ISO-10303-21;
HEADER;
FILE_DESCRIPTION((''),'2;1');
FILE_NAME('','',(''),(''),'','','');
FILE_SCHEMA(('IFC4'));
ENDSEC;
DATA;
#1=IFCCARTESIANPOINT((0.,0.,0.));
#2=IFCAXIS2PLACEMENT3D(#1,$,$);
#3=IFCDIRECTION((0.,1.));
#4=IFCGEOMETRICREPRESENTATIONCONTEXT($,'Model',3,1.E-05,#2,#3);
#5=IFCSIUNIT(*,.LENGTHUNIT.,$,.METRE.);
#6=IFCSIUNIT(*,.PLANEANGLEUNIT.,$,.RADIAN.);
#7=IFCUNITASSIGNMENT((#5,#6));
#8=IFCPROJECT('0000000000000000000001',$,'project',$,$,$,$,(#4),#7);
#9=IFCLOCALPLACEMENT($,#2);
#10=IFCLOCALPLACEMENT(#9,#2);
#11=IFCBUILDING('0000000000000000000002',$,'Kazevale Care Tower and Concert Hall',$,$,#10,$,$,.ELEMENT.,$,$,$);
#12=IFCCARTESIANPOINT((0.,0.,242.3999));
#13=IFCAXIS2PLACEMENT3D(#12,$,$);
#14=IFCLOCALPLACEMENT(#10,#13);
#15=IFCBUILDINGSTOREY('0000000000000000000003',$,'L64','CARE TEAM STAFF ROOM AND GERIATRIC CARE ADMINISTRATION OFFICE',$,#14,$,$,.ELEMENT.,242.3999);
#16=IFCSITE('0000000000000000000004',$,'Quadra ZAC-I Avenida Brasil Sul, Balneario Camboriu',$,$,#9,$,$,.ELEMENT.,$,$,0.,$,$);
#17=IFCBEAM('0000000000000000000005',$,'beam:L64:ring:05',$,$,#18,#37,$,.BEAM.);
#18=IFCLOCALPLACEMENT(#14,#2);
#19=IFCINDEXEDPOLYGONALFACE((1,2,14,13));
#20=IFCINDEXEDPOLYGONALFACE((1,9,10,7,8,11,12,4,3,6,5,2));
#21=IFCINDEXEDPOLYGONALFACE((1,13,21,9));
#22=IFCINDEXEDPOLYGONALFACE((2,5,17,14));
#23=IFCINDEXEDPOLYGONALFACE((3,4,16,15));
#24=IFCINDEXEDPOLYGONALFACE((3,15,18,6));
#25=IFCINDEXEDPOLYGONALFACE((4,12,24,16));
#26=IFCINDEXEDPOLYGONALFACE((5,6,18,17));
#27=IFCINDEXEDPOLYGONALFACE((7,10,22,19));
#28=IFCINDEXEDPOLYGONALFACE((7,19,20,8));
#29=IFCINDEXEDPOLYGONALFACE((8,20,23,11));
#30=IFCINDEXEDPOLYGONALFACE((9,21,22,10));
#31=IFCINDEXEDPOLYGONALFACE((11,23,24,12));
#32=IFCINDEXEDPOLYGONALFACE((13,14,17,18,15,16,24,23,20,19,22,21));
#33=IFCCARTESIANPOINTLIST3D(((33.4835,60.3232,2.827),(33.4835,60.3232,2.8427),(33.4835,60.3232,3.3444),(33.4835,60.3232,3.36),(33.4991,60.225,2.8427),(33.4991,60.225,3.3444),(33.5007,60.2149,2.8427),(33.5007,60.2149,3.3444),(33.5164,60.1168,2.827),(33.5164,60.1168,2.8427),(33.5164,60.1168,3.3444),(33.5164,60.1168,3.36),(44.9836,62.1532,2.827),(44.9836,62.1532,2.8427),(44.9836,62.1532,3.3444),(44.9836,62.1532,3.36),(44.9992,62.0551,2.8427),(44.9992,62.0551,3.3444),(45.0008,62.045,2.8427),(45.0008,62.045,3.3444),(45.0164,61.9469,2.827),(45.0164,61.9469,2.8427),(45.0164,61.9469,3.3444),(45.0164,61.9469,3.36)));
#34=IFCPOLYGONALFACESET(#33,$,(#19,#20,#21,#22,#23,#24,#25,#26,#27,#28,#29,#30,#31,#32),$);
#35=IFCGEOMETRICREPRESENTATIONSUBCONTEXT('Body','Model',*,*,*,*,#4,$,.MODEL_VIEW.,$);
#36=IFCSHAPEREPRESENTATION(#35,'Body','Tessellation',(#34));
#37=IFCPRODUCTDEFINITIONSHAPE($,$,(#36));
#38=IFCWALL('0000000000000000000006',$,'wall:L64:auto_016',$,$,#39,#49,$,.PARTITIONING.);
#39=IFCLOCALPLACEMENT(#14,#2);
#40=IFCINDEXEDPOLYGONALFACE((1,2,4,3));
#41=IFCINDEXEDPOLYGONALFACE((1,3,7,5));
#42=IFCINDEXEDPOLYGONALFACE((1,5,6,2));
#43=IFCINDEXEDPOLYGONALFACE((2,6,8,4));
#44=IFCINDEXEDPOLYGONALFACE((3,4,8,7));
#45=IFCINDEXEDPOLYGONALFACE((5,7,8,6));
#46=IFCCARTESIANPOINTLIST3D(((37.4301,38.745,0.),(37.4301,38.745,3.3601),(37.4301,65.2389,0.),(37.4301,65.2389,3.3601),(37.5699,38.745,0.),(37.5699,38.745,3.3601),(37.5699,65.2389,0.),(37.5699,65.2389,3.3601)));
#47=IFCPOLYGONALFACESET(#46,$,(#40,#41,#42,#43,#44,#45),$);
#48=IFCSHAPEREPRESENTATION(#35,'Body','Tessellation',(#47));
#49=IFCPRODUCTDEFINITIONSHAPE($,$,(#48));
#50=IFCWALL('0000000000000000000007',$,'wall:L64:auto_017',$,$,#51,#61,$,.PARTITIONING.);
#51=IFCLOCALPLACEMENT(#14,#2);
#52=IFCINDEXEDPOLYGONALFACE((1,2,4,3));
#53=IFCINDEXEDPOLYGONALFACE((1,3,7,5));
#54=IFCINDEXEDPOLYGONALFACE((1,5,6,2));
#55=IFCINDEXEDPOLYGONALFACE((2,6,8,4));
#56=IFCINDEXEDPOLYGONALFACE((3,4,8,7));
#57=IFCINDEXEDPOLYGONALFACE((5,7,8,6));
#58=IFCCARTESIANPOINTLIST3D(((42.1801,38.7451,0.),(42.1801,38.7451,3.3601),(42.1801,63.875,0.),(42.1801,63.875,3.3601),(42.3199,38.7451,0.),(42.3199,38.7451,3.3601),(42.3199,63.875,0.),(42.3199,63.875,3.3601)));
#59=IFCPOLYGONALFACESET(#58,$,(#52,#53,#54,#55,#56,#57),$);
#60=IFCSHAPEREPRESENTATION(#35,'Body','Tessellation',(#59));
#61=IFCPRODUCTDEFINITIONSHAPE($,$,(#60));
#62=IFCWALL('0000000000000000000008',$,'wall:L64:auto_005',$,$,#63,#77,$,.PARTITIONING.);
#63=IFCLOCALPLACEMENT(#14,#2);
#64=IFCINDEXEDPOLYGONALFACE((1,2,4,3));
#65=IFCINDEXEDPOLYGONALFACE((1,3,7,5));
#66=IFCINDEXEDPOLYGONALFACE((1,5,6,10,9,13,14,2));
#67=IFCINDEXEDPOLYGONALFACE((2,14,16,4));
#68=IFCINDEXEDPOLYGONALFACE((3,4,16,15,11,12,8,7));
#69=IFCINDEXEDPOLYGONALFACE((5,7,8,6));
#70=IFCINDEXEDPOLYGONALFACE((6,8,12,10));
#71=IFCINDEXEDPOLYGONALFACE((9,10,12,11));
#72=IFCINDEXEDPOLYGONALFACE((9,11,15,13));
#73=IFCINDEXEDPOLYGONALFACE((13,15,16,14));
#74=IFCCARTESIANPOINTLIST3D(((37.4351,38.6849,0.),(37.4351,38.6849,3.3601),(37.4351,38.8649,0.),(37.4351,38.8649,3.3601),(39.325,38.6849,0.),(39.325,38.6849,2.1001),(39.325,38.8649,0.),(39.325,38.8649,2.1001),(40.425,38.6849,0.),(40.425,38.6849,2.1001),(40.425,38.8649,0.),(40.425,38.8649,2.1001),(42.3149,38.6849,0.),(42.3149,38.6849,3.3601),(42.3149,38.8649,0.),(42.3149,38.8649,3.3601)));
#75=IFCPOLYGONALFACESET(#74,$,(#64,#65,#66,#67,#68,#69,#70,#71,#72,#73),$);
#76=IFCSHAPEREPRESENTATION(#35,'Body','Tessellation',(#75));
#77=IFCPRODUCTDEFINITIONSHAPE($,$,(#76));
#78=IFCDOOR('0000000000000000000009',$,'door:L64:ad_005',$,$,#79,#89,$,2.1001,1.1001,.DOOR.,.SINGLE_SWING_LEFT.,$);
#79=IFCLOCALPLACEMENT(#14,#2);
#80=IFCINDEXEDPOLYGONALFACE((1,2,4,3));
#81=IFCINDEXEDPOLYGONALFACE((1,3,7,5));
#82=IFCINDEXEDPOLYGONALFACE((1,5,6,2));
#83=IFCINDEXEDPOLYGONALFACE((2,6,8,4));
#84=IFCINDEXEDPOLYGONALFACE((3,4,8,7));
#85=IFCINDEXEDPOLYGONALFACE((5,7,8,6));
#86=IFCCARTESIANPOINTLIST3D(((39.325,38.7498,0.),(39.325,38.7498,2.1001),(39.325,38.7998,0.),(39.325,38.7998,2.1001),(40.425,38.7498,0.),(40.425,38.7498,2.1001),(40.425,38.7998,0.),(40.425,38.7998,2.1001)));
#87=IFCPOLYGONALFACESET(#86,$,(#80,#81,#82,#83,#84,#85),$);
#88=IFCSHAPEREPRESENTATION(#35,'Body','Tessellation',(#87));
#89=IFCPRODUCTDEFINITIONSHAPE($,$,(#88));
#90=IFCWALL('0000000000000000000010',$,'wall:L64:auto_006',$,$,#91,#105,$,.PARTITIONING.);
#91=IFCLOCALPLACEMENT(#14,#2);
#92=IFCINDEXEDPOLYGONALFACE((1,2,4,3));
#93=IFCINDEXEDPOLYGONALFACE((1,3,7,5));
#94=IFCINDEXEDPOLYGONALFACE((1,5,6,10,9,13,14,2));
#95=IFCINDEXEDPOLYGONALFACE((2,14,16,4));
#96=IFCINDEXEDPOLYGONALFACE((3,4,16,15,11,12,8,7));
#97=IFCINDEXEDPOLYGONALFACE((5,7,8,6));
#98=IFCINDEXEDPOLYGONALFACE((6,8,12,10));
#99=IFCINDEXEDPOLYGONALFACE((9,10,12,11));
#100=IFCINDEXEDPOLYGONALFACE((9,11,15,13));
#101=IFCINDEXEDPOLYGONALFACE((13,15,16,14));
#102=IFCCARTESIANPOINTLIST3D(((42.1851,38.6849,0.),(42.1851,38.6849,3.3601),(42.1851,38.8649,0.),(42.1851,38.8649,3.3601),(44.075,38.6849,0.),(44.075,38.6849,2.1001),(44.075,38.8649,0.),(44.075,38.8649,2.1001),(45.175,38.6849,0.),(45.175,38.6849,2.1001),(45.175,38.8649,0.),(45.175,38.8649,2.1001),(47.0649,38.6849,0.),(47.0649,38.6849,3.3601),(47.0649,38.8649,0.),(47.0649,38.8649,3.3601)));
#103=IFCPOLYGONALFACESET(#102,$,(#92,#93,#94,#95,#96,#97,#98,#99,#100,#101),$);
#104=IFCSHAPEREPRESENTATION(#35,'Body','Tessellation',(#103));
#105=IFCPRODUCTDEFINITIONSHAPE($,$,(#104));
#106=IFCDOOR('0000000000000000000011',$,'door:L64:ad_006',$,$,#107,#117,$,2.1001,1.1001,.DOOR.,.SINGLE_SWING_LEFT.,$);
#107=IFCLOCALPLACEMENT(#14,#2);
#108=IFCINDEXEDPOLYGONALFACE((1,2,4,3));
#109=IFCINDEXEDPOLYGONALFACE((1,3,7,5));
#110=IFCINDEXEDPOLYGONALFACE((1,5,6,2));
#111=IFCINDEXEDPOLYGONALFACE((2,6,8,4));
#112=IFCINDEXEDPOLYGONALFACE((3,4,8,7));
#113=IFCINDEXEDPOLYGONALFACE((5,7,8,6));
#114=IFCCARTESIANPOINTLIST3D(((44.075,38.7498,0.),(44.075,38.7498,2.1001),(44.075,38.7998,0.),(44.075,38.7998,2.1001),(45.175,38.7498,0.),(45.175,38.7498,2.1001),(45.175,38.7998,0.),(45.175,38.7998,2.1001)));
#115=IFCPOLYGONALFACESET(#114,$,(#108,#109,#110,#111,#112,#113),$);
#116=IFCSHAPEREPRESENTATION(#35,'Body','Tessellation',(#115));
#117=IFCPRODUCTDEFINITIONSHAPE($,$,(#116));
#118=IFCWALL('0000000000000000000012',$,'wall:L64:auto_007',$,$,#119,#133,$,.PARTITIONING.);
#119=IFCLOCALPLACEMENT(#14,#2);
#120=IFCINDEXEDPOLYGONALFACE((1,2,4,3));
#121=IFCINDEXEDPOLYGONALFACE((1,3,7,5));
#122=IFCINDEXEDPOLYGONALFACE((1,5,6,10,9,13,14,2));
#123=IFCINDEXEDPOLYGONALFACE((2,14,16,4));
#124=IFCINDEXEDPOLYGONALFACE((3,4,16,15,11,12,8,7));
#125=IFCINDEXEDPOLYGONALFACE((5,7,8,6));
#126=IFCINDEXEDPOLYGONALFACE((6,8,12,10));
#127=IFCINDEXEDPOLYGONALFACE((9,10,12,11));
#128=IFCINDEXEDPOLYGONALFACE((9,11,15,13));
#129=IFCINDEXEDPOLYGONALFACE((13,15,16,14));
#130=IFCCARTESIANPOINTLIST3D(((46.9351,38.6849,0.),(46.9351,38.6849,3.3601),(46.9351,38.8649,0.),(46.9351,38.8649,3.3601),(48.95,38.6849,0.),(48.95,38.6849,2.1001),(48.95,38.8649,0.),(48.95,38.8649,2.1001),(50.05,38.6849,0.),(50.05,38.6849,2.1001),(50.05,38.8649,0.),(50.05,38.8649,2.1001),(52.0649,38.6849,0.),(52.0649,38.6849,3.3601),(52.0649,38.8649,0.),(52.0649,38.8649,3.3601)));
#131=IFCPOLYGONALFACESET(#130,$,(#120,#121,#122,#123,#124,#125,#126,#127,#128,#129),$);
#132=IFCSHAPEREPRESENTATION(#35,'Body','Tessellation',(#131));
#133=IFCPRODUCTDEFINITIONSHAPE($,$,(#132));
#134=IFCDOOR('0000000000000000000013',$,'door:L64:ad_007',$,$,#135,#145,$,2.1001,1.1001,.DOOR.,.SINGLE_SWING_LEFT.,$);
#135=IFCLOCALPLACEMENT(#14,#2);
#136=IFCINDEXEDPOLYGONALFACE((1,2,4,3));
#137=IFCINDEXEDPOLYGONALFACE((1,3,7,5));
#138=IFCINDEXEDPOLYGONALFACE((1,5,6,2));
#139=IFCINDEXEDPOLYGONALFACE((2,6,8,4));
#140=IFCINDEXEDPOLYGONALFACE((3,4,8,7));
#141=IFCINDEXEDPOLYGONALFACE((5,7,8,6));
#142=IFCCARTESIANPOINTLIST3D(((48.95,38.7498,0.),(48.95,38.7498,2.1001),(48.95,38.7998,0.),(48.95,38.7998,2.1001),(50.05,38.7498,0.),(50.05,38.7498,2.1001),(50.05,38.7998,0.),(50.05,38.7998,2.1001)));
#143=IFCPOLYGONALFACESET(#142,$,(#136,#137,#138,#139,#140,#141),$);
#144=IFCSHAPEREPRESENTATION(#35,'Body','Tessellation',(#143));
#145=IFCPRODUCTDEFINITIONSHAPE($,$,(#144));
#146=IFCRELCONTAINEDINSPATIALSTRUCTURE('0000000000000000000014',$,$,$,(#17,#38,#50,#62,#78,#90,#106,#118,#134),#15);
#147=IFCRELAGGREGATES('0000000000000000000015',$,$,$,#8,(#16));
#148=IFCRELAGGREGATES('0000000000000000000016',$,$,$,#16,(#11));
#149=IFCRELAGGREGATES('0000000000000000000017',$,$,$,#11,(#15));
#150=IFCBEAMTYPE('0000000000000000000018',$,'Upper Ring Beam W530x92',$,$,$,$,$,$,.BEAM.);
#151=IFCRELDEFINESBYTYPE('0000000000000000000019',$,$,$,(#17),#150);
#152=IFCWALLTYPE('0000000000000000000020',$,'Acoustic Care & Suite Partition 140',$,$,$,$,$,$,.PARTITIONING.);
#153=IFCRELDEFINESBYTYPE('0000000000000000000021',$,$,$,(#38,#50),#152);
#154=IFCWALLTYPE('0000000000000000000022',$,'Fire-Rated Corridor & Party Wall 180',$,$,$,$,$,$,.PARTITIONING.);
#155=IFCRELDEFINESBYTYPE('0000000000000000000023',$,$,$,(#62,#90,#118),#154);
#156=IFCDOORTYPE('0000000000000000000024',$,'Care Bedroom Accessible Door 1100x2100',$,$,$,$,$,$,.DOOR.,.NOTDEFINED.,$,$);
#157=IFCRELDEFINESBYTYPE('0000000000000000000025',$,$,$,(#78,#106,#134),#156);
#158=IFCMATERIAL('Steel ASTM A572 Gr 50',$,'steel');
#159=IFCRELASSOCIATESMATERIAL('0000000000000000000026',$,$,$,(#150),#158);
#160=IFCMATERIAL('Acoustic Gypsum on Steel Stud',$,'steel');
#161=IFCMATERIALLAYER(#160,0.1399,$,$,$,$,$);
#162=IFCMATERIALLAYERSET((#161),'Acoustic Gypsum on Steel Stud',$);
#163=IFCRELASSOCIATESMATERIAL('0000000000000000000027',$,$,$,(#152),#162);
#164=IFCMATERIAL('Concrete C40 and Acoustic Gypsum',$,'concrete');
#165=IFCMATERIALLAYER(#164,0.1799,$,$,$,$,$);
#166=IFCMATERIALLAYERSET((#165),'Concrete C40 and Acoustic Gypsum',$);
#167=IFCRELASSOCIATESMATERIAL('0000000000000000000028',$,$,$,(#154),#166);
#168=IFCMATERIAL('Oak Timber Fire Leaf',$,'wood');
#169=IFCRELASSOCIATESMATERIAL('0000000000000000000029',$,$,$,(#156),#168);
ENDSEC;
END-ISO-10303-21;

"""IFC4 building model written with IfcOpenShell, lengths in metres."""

from ifc_helpers import new_model, si_unit, direction, frame, frame_2d, origin, origin_2d, place, context, subcontext, project, spatial, rectangle, i_section, extrude, material, layer, layer_set, material_profile, profile_set, type_object, element, fill, save


model = new_model("IFC4")

# Units and contexts
model_context = context("Model", 3, precision=1e-05, world=origin(), true_north=direction((0.0, 1.0)))
body_context = subcontext(model_context, "Body", "Model", "MODEL_VIEW")
ifc_project = project(units=[si_unit("LENGTHUNIT", "METRE"), si_unit("PLANEANGLEUNIT", "RADIAN")], contexts=[model_context])

# Site, building, storey
site_placement = place(None, origin())
site = spatial("IfcSite", under=ifc_project, at=site_placement, Name="Quadra ZAC-I Avenida Brasil Sul, Balneario Camboriu", CompositionType="ELEMENT", RefElevation=0.0)
building_placement = place(site_placement, origin())
building = spatial("IfcBuilding", under=site, at=building_placement, Name="Kazevale Care Tower and Concert Hall", CompositionType="ELEMENT")
storey_placement = place(building_placement, frame((0.0, 0.0, 242.3999)))
storey = spatial("IfcBuildingStorey", under=building, at=storey_placement, Name="L64", Description="CARE TEAM STAFF ROOM AND GERIATRIC CARE ADMINISTRATION OFFICE", CompositionType="ELEMENT", Elevation=242.3999)

# Beam
ifc_material_1 = material(Name="Steel ASTM A572 Gr 50", Category="steel")
ifc_material_profile_1 = material_profile(ifc_material_1, i_section(OverallWidth=0.209, OverallDepth=0.533, WebThickness=0.0103, FlangeThickness=0.0156, at=origin_2d()), Name="W530x92")
ifc_profile_set_1 = profile_set([ifc_material_profile_1], Name="Steel ASTM A572 Gr 50")
beam_type_1 = type_object("IfcBeamType", Name="Upper Ring Beam W530x92", PredefinedType="BEAM", material=ifc_profile_set_1)
beam_1_placement = place(storey_placement, frame((45.0, 62.05, 3.0935), z_axis=(-0.987573, -0.15716, 0.0), x_axis=(0.15716, -0.987573, 0.0)))
element("IfcBeam", 1, at=beam_1_placement, inside=storey, type_object=beam_type_1, Name="beam:L64:ring:05", PredefinedType="BEAM", context=body_context, shape_type="SweptSolid", body=[
    extrude(i_section(OverallWidth=0.209, OverallDepth=0.533, WebThickness=0.0103, FlangeThickness=0.0156, at=origin_2d()), origin(), (0.0, 0.0, 1.0), 11.6448),
])

# Walls
ifc_material_2 = material(Name="Acoustic Gypsum on Steel Stud", Category="steel")
ifc_layer_1 = layer(ifc_material_2, 0.1399)
ifc_layer_set_1 = layer_set([ifc_layer_1], Name="Acoustic Gypsum on Steel Stud")
wall_type_1 = type_object("IfcWallType", Name="Acoustic Care & Suite Partition 140", PredefinedType="PARTITIONING", material=ifc_layer_set_1)
wall_1_placement = place(storey_placement, frame((37.5, 65.239, 0.0), z_axis=(0.0, 0.0, 1.0), x_axis=(0.0, -1.0, 0.0)))
element("IfcWall", 2, at=wall_1_placement, inside=storey, type_object=wall_type_1, Name="wall:L64:auto_016", PredefinedType="PARTITIONING", context=body_context, shape_type="SweptSolid", body=[
    extrude(rectangle(XDim=26.4939, YDim=0.1399, at=frame_2d((13.2471, 0.0))), origin(), (0.0, 0.0, 1.0), 3.3601),
])
wall_2_placement = place(storey_placement, frame((42.25, 63.875, 0.0), z_axis=(0.0, 0.0, 1.0), x_axis=(0.0, -1.0, 0.0)))
element("IfcWall", 3, at=wall_2_placement, inside=storey, type_object=wall_type_1, Name="wall:L64:auto_017", PredefinedType="PARTITIONING", context=body_context, shape_type="SweptSolid", body=[
    extrude(rectangle(XDim=25.1299, YDim=0.1399, at=frame_2d((12.5649, 0.0))), origin(), (0.0, 0.0, 1.0), 3.3601),
])

# Walls, openings, doors
ifc_material_3 = material(Name="Concrete C40 and Acoustic Gypsum", Category="concrete")
ifc_layer_2 = layer(ifc_material_3, 0.1799)
ifc_layer_set_2 = layer_set([ifc_layer_2], Name="Concrete C40 and Acoustic Gypsum")
wall_type_2 = type_object("IfcWallType", Name="Fire-Rated Corridor & Party Wall 180", PredefinedType="PARTITIONING", material=ifc_layer_set_2)
wall_3_placement = place(storey_placement, frame((37.4351, 38.7749, 0.0), z_axis=(0.0, 0.0, 1.0), x_axis=(1.0, 0.0, 0.0)))
wall_3 = element("IfcWall", 4, at=wall_3_placement, inside=storey, type_object=wall_type_2, Name="wall:L64:auto_005", PredefinedType="PARTITIONING", context=body_context, shape_type="SweptSolid", body=[
    extrude(rectangle(XDim=4.8799, YDim=0.1799, at=frame_2d((2.4399, 0.0))), origin(), (0.0, 0.0, 1.0), 3.3601),
])
opening_1_placement = place(wall_3_placement, frame((1.8899, 0.0, 0.0)))
opening_1 = element("IfcOpeningElement", 5, at=opening_1_placement, cuts=wall_3, PredefinedType="OPENING", context=body_context, shape_type="SweptSolid", body=[
    extrude(rectangle(XDim=1.1001, YDim=2.1001, at=frame_2d((0.55, 1.05))), frame((0.0, 0.0999, 0.0), z_axis=(0.0, -1.0, 0.0), x_axis=(1.0, 0.0, 0.0)), (0.0, 0.0, 1.0), 0.2),
])
ifc_material_4 = material(Name="Oak Timber Fire Leaf", Category="wood")
door_type = type_object("IfcDoorType", Name="Care Bedroom Accessible Door 1100x2100", OperationType="NOTDEFINED", PredefinedType="DOOR", material=ifc_material_4)
door_1_placement = place(opening_1_placement, origin())
door_1 = element("IfcDoor", 6, at=door_1_placement, inside=storey, type_object=door_type, Name="door:L64:ad_005", OperationType="SINGLE_SWING_LEFT", OverallHeight=2.1001, OverallWidth=1.1001, PredefinedType="DOOR", context=body_context, shape_type="SweptSolid", body=[
    extrude(rectangle(XDim=1.1001, YDim=2.1001, at=frame_2d((0.55, 1.05))), frame((0.0, 0.0249, 0.0), z_axis=(0.0, -1.0, 0.0), x_axis=(1.0, 0.0, 0.0)), (0.0, 0.0, 1.0), 0.05),
])
fill(opening_1, door_1)
wall_4_placement = place(storey_placement, frame((42.1851, 38.7749, 0.0), z_axis=(0.0, 0.0, 1.0), x_axis=(1.0, 0.0, 0.0)))
wall_4 = element("IfcWall", 7, at=wall_4_placement, inside=storey, type_object=wall_type_2, Name="wall:L64:auto_006", PredefinedType="PARTITIONING", context=body_context, shape_type="SweptSolid", body=[
    extrude(rectangle(XDim=4.8799, YDim=0.1799, at=frame_2d((2.4399, 0.0))), origin(), (0.0, 0.0, 1.0), 3.3601),
])
opening_2_placement = place(wall_4_placement, frame((1.8899, 0.0, 0.0)))
opening_2 = element("IfcOpeningElement", 8, at=opening_2_placement, cuts=wall_4, PredefinedType="OPENING", context=body_context, shape_type="SweptSolid", body=[
    extrude(rectangle(XDim=1.1001, YDim=2.1001, at=frame_2d((0.55, 1.05))), frame((0.0, 0.0999, 0.0), z_axis=(0.0, -1.0, 0.0), x_axis=(1.0, 0.0, 0.0)), (0.0, 0.0, 1.0), 0.2),
])
door_2_placement = place(opening_2_placement, origin())
door_2 = element("IfcDoor", 9, at=door_2_placement, inside=storey, type_object=door_type, Name="door:L64:ad_006", OperationType="SINGLE_SWING_LEFT", OverallHeight=2.1001, OverallWidth=1.1001, PredefinedType="DOOR", context=body_context, shape_type="SweptSolid", body=[
    extrude(rectangle(XDim=1.1001, YDim=2.1001, at=frame_2d((0.55, 1.05))), frame((0.0, 0.0249, 0.0), z_axis=(0.0, -1.0, 0.0), x_axis=(1.0, 0.0, 0.0)), (0.0, 0.0, 1.0), 0.05),
])
fill(opening_2, door_2)
wall_5_placement = place(storey_placement, frame((46.9351, 38.7749, 0.0), z_axis=(0.0, 0.0, 1.0), x_axis=(1.0, 0.0, 0.0)))
wall_5 = element("IfcWall", 10, at=wall_5_placement, inside=storey, type_object=wall_type_2, Name="wall:L64:auto_007", PredefinedType="PARTITIONING", context=body_context, shape_type="SweptSolid", body=[
    extrude(rectangle(XDim=5.1299, YDim=0.1799, at=frame_2d((2.5649, 0.0))), origin(), (0.0, 0.0, 1.0), 3.3601),
])
opening_3_placement = place(wall_5_placement, frame((2.0149, 0.0, 0.0)))
opening_3 = element("IfcOpeningElement", 11, at=opening_3_placement, cuts=wall_5, PredefinedType="OPENING", context=body_context, shape_type="SweptSolid", body=[
    extrude(rectangle(XDim=1.1001, YDim=2.1001, at=frame_2d((0.55, 1.05))), frame((0.0, 0.0999, 0.0), z_axis=(0.0, -1.0, 0.0), x_axis=(1.0, 0.0, 0.0)), (0.0, 0.0, 1.0), 0.2),
])
door_3_placement = place(opening_3_placement, origin())
door_3 = element("IfcDoor", 12, at=door_3_placement, inside=storey, type_object=door_type, Name="door:L64:ad_007", OperationType="SINGLE_SWING_LEFT", OverallHeight=2.1001, OverallWidth=1.1001, PredefinedType="DOOR", context=body_context, shape_type="SweptSolid", body=[
    extrude(rectangle(XDim=1.1001, YDim=2.1001, at=frame_2d((0.55, 1.05))), frame((0.0, 0.0249, 0.0), z_axis=(0.0, -1.0, 0.0), x_axis=(1.0, 0.0, 0.0)), (0.0, 0.0, 1.0), 0.05),
])
fill(opening_3, door_3)

save(model, "model.ifc")
